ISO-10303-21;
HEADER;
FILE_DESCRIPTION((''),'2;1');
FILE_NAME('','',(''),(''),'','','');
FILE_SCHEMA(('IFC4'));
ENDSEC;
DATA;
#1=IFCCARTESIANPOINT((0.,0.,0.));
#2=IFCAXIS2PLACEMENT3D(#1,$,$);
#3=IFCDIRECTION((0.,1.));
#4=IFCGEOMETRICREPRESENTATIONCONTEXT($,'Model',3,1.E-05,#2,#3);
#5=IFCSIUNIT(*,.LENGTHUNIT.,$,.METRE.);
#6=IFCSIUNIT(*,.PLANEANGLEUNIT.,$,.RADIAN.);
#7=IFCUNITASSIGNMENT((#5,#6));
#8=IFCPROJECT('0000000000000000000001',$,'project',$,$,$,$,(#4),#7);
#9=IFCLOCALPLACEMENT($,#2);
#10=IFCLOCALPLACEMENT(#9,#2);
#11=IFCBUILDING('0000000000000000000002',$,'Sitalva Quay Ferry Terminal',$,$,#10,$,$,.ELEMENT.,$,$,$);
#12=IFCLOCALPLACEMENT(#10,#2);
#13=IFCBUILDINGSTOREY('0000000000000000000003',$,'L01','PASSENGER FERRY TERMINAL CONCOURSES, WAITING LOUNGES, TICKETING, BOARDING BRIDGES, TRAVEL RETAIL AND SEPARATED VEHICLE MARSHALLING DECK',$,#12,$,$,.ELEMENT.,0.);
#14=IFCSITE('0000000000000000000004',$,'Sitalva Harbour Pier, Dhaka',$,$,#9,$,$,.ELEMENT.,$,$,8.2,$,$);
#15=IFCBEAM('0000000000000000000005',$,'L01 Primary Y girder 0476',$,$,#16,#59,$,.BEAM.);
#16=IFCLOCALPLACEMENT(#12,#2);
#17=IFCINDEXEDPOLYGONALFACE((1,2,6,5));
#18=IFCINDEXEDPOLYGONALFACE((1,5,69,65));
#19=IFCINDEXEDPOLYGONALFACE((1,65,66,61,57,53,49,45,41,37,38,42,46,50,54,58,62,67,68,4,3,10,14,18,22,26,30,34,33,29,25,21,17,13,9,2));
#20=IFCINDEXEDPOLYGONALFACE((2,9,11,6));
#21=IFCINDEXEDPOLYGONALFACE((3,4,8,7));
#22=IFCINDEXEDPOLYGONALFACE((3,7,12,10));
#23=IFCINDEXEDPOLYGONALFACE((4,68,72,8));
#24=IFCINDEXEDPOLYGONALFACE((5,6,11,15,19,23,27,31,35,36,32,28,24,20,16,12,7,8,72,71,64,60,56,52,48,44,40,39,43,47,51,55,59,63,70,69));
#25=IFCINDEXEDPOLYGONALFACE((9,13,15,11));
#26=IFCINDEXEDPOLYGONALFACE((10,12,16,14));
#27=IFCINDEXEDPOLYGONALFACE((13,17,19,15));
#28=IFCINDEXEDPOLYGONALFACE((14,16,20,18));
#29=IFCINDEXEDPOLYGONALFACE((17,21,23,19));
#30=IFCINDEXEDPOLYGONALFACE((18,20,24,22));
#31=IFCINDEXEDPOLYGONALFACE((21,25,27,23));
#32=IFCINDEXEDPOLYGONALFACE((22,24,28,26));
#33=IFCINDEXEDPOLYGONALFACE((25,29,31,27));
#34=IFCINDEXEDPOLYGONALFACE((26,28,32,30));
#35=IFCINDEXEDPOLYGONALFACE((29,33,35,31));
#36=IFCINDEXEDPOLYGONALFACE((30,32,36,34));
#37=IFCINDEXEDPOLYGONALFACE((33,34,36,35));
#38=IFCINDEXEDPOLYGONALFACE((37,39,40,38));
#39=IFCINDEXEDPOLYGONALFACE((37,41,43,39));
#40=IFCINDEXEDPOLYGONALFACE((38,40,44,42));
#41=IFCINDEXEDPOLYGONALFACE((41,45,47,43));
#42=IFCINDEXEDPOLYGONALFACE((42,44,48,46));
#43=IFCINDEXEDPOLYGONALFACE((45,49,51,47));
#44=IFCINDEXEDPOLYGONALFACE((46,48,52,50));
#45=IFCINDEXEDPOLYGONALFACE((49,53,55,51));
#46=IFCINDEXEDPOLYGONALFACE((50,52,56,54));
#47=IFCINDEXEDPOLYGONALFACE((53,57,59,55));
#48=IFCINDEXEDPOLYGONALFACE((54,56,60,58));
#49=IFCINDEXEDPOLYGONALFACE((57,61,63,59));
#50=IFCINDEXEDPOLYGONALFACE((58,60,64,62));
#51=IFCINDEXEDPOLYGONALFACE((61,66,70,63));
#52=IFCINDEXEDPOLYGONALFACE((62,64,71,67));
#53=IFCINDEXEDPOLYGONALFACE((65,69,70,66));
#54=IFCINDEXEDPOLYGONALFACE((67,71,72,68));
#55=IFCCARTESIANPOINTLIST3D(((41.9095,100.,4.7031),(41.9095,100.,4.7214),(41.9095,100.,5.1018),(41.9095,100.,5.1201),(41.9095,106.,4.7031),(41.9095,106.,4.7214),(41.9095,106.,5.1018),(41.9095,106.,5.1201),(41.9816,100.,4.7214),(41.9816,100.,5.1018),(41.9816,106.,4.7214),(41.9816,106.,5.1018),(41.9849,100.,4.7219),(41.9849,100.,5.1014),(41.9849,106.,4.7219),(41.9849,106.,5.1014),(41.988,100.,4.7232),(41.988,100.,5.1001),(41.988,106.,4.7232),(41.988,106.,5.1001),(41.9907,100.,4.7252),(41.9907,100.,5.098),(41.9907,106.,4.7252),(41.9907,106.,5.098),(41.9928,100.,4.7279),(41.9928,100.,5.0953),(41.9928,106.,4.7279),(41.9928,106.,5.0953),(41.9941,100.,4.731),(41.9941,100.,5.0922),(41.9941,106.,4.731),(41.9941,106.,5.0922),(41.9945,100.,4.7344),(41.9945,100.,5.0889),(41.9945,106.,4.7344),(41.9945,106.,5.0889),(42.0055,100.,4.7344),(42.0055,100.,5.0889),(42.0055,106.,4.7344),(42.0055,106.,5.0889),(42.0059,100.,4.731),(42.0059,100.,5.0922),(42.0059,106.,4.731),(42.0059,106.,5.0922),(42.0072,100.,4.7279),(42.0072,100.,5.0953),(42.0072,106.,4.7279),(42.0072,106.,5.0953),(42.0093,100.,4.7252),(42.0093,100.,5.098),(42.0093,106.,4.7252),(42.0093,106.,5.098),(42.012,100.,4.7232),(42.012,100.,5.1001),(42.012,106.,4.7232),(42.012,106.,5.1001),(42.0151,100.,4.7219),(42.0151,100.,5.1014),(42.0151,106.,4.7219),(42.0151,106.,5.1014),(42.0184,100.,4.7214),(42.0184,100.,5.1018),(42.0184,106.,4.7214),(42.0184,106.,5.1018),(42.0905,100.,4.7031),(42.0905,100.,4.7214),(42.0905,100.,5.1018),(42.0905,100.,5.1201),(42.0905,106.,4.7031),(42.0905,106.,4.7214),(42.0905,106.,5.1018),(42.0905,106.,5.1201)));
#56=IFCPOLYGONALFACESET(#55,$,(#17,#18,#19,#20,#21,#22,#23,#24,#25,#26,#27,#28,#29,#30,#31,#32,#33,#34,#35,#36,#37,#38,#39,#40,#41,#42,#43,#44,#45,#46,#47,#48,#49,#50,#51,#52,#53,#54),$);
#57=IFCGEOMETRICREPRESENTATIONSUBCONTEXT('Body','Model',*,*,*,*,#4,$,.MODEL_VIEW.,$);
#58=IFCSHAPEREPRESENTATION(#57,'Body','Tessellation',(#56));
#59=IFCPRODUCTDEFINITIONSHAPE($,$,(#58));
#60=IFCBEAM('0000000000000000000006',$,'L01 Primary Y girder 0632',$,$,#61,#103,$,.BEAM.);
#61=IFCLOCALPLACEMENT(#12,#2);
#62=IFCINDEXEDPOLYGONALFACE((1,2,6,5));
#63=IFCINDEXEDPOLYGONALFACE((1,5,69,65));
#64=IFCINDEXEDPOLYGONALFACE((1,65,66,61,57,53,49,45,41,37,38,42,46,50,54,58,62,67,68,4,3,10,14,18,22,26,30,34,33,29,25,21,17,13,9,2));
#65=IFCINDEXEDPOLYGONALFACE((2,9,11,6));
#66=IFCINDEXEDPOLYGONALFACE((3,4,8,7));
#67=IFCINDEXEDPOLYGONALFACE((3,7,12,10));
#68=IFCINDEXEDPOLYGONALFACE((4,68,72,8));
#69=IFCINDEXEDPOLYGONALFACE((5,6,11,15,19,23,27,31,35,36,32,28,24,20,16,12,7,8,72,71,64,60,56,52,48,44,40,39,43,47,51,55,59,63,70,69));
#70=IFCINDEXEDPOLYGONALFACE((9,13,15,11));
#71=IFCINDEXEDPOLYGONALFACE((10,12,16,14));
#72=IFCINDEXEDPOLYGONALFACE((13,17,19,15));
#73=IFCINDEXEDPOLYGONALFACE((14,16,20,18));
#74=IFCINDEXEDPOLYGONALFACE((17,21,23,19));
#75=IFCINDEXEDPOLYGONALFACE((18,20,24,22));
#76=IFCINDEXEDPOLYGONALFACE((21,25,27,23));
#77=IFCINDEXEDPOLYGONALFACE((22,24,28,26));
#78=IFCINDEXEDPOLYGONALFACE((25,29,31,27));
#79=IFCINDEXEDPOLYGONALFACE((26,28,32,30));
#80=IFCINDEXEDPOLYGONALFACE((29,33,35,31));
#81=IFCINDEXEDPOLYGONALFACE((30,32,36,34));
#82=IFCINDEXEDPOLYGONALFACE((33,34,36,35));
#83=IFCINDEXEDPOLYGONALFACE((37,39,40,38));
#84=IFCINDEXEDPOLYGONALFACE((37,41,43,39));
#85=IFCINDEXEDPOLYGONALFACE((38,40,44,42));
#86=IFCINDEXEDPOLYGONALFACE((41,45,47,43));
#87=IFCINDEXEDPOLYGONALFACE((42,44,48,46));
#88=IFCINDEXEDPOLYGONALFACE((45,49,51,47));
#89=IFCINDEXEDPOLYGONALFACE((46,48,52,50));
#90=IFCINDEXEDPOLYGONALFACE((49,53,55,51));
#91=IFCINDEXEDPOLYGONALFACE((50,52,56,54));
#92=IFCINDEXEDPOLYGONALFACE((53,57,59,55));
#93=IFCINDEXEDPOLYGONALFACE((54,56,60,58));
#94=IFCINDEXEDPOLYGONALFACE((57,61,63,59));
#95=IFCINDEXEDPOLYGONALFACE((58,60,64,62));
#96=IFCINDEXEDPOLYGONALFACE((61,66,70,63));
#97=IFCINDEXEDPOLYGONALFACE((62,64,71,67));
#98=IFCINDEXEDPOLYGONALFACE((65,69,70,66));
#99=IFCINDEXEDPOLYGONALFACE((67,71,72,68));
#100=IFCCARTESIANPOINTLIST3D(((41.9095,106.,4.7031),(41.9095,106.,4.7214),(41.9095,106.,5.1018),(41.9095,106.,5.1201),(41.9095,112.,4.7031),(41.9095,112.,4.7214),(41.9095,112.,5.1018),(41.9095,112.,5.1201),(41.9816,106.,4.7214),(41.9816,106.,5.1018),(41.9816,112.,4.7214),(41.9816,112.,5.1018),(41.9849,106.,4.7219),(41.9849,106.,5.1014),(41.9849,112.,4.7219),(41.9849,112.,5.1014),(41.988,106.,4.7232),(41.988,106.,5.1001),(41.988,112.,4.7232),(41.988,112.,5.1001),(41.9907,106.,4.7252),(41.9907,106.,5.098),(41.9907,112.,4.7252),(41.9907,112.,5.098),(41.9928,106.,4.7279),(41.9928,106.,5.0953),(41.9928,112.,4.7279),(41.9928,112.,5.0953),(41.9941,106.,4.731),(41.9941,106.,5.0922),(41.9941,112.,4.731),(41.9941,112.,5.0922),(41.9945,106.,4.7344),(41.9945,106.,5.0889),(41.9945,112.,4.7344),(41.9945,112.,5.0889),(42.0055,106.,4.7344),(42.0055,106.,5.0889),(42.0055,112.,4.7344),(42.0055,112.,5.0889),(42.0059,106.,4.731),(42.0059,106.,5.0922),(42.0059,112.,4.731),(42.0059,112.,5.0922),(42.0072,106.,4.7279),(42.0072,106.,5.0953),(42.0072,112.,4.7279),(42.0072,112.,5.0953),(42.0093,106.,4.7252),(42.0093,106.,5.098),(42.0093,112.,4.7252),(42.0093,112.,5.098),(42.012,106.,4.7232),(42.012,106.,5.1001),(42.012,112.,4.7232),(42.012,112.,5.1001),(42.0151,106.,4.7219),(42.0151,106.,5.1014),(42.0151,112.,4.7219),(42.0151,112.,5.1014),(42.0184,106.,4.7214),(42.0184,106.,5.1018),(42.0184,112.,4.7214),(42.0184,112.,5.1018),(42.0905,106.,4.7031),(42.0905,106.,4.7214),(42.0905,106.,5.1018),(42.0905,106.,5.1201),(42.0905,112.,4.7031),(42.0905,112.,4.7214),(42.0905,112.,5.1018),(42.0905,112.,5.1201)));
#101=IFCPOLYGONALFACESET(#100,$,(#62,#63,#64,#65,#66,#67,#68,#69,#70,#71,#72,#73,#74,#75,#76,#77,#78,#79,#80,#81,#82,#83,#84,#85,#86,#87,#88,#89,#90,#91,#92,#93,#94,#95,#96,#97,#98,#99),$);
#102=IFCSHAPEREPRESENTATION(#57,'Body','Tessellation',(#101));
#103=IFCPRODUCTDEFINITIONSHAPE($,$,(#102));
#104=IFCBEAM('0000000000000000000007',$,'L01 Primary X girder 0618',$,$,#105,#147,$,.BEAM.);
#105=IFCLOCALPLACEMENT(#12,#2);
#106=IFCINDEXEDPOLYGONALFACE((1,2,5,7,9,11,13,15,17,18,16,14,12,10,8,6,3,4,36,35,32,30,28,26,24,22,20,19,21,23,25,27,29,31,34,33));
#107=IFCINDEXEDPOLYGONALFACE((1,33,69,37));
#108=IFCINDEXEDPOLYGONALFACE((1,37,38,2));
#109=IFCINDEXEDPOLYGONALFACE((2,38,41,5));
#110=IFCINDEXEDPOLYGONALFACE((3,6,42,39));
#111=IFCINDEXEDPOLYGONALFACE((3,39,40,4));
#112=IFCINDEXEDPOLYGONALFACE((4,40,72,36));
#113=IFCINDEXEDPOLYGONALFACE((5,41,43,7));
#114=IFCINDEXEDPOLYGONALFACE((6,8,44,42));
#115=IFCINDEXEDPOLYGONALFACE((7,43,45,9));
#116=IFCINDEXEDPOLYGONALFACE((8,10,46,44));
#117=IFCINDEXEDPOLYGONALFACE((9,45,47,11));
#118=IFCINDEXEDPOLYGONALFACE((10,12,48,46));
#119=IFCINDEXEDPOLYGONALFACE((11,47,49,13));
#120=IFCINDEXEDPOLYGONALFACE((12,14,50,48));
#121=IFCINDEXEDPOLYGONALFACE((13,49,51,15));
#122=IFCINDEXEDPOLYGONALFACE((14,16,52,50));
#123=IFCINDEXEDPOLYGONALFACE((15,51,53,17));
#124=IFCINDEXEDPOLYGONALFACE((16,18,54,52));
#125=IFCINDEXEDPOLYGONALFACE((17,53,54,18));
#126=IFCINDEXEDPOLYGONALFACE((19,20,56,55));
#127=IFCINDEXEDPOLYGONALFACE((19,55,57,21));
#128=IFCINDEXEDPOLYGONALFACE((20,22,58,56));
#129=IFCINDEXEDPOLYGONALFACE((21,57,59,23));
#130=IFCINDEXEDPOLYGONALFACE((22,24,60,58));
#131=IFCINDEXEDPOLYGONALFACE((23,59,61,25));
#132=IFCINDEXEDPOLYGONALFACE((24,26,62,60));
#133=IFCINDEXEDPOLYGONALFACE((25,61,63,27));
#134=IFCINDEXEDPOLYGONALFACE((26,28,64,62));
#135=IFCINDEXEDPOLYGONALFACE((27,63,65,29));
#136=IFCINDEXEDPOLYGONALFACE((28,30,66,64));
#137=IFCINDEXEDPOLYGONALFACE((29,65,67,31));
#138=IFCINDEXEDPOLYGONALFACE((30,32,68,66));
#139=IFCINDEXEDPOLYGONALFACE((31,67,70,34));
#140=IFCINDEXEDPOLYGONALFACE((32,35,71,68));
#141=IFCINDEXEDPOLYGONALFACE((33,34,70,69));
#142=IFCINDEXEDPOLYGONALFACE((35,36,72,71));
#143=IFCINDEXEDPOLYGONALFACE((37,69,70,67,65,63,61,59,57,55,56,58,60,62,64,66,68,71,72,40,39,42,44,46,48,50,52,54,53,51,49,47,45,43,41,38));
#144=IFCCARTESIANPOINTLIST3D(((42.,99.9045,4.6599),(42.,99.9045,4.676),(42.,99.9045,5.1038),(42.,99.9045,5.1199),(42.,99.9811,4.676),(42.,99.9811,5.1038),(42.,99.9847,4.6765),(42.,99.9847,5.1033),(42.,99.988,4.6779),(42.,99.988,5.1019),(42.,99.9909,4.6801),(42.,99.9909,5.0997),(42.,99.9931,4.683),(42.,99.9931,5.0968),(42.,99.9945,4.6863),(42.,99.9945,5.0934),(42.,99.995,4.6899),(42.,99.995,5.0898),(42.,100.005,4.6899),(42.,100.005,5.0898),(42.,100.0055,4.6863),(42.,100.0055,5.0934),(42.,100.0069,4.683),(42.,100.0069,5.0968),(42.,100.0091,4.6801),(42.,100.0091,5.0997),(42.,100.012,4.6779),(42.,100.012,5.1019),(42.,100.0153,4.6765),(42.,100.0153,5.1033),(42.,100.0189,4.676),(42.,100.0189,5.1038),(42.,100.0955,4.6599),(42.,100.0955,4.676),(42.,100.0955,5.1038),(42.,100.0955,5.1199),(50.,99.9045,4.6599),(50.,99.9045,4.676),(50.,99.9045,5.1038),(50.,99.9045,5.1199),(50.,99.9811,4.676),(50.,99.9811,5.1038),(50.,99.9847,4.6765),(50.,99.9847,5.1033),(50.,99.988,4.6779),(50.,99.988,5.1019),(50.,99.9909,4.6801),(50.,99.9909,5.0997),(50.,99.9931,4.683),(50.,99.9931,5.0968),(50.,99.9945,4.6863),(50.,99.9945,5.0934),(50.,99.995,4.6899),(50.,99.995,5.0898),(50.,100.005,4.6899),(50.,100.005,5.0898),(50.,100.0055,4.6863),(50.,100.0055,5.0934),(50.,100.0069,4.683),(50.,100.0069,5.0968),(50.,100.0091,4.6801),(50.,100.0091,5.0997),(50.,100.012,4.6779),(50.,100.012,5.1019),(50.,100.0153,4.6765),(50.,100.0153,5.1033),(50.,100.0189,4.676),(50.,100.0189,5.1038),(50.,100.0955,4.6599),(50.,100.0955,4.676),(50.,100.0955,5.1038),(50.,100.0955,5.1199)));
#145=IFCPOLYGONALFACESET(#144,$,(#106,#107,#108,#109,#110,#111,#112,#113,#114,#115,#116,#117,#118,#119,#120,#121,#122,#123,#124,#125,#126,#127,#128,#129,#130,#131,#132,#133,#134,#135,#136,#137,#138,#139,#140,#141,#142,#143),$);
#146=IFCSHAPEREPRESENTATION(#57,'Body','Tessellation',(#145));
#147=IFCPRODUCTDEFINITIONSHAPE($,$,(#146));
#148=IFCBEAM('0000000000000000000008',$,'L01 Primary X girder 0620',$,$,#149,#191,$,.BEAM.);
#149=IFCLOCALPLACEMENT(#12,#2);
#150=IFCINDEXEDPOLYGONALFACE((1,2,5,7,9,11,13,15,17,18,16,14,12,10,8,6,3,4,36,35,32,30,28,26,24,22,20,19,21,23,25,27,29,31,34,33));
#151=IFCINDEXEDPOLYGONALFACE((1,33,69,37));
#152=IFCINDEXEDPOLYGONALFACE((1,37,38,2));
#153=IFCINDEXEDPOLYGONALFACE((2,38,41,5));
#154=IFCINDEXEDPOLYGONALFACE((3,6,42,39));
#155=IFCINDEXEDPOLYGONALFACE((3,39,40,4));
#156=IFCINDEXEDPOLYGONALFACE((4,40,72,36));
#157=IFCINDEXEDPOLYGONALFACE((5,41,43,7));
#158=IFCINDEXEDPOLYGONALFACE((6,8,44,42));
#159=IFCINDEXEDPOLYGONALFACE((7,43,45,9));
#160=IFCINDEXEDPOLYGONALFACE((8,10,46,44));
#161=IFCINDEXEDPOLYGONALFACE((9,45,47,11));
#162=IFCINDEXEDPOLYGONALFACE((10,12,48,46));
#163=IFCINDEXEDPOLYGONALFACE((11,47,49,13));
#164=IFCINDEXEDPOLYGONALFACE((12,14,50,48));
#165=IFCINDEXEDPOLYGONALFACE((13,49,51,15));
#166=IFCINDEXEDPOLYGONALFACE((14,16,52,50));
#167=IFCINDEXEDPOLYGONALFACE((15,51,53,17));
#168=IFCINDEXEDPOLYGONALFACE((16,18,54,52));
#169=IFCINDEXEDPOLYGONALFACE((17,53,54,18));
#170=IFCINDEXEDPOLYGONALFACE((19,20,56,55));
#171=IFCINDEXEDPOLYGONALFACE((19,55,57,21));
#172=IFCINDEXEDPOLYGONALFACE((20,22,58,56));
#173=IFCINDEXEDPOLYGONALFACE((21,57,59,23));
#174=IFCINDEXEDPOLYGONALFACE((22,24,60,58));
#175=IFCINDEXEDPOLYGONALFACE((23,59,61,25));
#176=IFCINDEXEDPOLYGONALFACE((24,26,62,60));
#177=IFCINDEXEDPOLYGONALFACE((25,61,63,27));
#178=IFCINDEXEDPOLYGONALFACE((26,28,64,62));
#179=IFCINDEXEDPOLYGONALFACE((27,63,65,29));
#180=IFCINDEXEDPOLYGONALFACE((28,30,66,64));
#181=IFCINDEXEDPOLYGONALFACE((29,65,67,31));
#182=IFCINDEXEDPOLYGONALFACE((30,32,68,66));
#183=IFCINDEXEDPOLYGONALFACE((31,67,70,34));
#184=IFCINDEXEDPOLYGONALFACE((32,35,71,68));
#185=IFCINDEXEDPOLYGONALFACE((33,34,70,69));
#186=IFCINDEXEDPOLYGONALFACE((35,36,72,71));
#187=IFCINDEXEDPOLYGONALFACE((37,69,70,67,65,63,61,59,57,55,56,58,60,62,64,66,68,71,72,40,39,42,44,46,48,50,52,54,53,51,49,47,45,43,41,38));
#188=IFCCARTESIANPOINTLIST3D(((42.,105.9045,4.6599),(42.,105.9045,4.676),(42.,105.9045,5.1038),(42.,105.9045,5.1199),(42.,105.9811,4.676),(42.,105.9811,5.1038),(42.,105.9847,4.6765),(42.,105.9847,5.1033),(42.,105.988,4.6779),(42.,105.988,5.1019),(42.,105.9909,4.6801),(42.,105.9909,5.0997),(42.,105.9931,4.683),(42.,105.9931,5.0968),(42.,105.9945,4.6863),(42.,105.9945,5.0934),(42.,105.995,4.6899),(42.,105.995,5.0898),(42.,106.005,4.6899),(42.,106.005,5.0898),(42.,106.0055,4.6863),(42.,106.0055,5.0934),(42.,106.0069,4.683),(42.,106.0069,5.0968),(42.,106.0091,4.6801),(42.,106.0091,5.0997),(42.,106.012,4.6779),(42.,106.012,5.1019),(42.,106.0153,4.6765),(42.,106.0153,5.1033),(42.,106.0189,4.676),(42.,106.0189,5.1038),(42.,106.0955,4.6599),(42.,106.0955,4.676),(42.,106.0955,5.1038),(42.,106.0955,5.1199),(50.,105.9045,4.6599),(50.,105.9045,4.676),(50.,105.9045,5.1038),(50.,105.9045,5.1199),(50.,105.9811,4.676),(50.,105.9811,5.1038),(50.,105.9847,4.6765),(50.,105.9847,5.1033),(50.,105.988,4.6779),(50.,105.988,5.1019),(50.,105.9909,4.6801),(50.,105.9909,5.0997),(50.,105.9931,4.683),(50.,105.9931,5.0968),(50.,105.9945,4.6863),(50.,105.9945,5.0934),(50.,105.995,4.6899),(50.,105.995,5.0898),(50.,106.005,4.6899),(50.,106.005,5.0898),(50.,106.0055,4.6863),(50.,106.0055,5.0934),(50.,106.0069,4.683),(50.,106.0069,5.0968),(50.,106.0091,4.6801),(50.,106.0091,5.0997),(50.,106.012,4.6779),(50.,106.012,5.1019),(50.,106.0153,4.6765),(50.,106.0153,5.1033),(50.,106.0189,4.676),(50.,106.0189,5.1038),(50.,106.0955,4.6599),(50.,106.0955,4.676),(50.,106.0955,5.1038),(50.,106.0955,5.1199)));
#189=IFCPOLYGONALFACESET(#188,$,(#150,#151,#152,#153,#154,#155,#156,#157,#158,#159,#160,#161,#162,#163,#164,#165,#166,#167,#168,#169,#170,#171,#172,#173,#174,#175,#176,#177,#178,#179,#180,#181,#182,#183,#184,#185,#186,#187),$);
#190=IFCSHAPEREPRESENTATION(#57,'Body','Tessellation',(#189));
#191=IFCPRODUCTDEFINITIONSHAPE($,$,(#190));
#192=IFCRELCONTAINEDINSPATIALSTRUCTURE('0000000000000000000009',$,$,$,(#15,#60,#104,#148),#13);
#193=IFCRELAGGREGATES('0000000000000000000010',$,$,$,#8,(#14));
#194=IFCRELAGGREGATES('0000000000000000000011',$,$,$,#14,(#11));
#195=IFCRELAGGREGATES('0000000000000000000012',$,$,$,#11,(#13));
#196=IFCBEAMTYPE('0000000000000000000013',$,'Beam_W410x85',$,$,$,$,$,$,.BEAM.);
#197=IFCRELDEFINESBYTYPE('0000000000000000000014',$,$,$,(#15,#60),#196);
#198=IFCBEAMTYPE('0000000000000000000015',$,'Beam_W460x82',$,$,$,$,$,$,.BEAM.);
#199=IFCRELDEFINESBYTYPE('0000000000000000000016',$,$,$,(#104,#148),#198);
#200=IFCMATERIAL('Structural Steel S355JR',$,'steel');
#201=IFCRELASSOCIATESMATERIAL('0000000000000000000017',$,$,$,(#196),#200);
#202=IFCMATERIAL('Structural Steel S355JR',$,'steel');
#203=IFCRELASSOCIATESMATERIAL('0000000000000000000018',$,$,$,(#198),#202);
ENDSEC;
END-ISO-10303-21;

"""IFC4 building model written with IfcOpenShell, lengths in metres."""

from ifc_helpers import new_model, si_unit, direction, frame, origin, origin_2d, place, context, subcontext, project, spatial, i_section, extrude, material, material_profile, profile_set, type_object, element, save


model = new_model("IFC4")

# Units and contexts
model_context = context("Model", 3, precision=1e-05, world=origin(), true_north=direction((0.0, 1.0)))
body_context = subcontext(model_context, "Body", "Model", "MODEL_VIEW")
ifc_project = project(units=[si_unit("LENGTHUNIT", "METRE"), si_unit("PLANEANGLEUNIT", "RADIAN")], contexts=[model_context])

# Site, building, storey
site_placement = place(None, origin())
site = spatial("IfcSite", under=ifc_project, at=site_placement, Name="Sitalva Harbour Pier, Dhaka", CompositionType="ELEMENT", RefElevation=8.2)
building_placement = place(site_placement, origin())
building = spatial("IfcBuilding", under=site, at=building_placement, Name="Sitalva Quay Ferry Terminal", CompositionType="ELEMENT")
storey_placement = place(building_placement, origin())
storey = spatial("IfcBuildingStorey", under=building, at=storey_placement, Name="L01", Description="PASSENGER FERRY TERMINAL CONCOURSES, WAITING LOUNGES, TICKETING, BOARDING BRIDGES, TRAVEL RETAIL AND SEPARATED VEHICLE MARSHALLING DECK", CompositionType="ELEMENT", Elevation=0.0)

# Beams
ifc_material_1 = material(Name="Structural Steel S355JR", Category="steel")
ifc_material_profile_1 = material_profile(ifc_material_1, i_section(OverallWidth=0.1809, OverallDepth=0.417, WebThickness=0.011, FlangeThickness=0.0183, FilletRadius=0.0129, at=origin_2d()), Name="W410x85")
ifc_profile_set_1 = profile_set([ifc_material_profile_1], Name="Structural Steel S355JR")
beam_type_1 = type_object("IfcBeamType", Name="Beam_W410x85", PredefinedType="BEAM", material=ifc_profile_set_1)
for number, where, z_axis, x_axis, name in (
    (1, (42.0, 100.0, 4.9116), (0.0, 1.0, 0.0), (-1.0, 0.0, 0.0), "L01 Primary Y girder 0476"),
    (2, (42.0, 106.0, 4.9116), (0.0, 1.0, 0.0), (-1.0, 0.0, 0.0), "L01 Primary Y girder 0632"),
):
    element("IfcBeam", number, at=place(storey_placement, frame(where, z_axis=z_axis, x_axis=x_axis)), inside=storey, type_object=beam_type_1, Name=name, PredefinedType="BEAM", context=body_context, shape_type="SweptSolid", body=[
        extrude(i_section(OverallWidth=0.1809, OverallDepth=0.417, WebThickness=0.011, FlangeThickness=0.0183, FilletRadius=0.0129, at=origin_2d()), origin(), (0.0, 0.0, 1.0), 6.0),
    ])
ifc_material_2 = material(Name="Structural Steel S355JR", Category="steel")
ifc_material_profile_2 = material_profile(ifc_material_2, i_section(OverallWidth=0.1909, OverallDepth=0.46, WebThickness=0.01, FlangeThickness=0.0161, FilletRadius=0.0139, at=origin_2d()), Name="W460x82")
ifc_profile_set_2 = profile_set([ifc_material_profile_2], Name="Structural Steel S355JR")
beam_type_2 = type_object("IfcBeamType", Name="Beam_W460x82", PredefinedType="BEAM", material=ifc_profile_set_2)
for number, where, z_axis, x_axis, name in (
    (3, (42.0, 100.0, 4.8899), (1.0, 0.0, 0.0), (0.0, 1.0, 0.0), "L01 Primary X girder 0618"),
    (4, (42.0, 106.0, 4.8899), (1.0, 0.0, 0.0), (0.0, 1.0, 0.0), "L01 Primary X girder 0620"),
):
    element("IfcBeam", number, at=place(storey_placement, frame(where, z_axis=z_axis, x_axis=x_axis)), inside=storey, type_object=beam_type_2, Name=name, PredefinedType="BEAM", context=body_context, shape_type="SweptSolid", body=[
        extrude(i_section(OverallWidth=0.1909, OverallDepth=0.46, WebThickness=0.01, FlangeThickness=0.0161, FilletRadius=0.0139, at=origin_2d()), origin(), (0.0, 0.0, 1.0), 8.0),
    ])

save(model, "model.ifc")
